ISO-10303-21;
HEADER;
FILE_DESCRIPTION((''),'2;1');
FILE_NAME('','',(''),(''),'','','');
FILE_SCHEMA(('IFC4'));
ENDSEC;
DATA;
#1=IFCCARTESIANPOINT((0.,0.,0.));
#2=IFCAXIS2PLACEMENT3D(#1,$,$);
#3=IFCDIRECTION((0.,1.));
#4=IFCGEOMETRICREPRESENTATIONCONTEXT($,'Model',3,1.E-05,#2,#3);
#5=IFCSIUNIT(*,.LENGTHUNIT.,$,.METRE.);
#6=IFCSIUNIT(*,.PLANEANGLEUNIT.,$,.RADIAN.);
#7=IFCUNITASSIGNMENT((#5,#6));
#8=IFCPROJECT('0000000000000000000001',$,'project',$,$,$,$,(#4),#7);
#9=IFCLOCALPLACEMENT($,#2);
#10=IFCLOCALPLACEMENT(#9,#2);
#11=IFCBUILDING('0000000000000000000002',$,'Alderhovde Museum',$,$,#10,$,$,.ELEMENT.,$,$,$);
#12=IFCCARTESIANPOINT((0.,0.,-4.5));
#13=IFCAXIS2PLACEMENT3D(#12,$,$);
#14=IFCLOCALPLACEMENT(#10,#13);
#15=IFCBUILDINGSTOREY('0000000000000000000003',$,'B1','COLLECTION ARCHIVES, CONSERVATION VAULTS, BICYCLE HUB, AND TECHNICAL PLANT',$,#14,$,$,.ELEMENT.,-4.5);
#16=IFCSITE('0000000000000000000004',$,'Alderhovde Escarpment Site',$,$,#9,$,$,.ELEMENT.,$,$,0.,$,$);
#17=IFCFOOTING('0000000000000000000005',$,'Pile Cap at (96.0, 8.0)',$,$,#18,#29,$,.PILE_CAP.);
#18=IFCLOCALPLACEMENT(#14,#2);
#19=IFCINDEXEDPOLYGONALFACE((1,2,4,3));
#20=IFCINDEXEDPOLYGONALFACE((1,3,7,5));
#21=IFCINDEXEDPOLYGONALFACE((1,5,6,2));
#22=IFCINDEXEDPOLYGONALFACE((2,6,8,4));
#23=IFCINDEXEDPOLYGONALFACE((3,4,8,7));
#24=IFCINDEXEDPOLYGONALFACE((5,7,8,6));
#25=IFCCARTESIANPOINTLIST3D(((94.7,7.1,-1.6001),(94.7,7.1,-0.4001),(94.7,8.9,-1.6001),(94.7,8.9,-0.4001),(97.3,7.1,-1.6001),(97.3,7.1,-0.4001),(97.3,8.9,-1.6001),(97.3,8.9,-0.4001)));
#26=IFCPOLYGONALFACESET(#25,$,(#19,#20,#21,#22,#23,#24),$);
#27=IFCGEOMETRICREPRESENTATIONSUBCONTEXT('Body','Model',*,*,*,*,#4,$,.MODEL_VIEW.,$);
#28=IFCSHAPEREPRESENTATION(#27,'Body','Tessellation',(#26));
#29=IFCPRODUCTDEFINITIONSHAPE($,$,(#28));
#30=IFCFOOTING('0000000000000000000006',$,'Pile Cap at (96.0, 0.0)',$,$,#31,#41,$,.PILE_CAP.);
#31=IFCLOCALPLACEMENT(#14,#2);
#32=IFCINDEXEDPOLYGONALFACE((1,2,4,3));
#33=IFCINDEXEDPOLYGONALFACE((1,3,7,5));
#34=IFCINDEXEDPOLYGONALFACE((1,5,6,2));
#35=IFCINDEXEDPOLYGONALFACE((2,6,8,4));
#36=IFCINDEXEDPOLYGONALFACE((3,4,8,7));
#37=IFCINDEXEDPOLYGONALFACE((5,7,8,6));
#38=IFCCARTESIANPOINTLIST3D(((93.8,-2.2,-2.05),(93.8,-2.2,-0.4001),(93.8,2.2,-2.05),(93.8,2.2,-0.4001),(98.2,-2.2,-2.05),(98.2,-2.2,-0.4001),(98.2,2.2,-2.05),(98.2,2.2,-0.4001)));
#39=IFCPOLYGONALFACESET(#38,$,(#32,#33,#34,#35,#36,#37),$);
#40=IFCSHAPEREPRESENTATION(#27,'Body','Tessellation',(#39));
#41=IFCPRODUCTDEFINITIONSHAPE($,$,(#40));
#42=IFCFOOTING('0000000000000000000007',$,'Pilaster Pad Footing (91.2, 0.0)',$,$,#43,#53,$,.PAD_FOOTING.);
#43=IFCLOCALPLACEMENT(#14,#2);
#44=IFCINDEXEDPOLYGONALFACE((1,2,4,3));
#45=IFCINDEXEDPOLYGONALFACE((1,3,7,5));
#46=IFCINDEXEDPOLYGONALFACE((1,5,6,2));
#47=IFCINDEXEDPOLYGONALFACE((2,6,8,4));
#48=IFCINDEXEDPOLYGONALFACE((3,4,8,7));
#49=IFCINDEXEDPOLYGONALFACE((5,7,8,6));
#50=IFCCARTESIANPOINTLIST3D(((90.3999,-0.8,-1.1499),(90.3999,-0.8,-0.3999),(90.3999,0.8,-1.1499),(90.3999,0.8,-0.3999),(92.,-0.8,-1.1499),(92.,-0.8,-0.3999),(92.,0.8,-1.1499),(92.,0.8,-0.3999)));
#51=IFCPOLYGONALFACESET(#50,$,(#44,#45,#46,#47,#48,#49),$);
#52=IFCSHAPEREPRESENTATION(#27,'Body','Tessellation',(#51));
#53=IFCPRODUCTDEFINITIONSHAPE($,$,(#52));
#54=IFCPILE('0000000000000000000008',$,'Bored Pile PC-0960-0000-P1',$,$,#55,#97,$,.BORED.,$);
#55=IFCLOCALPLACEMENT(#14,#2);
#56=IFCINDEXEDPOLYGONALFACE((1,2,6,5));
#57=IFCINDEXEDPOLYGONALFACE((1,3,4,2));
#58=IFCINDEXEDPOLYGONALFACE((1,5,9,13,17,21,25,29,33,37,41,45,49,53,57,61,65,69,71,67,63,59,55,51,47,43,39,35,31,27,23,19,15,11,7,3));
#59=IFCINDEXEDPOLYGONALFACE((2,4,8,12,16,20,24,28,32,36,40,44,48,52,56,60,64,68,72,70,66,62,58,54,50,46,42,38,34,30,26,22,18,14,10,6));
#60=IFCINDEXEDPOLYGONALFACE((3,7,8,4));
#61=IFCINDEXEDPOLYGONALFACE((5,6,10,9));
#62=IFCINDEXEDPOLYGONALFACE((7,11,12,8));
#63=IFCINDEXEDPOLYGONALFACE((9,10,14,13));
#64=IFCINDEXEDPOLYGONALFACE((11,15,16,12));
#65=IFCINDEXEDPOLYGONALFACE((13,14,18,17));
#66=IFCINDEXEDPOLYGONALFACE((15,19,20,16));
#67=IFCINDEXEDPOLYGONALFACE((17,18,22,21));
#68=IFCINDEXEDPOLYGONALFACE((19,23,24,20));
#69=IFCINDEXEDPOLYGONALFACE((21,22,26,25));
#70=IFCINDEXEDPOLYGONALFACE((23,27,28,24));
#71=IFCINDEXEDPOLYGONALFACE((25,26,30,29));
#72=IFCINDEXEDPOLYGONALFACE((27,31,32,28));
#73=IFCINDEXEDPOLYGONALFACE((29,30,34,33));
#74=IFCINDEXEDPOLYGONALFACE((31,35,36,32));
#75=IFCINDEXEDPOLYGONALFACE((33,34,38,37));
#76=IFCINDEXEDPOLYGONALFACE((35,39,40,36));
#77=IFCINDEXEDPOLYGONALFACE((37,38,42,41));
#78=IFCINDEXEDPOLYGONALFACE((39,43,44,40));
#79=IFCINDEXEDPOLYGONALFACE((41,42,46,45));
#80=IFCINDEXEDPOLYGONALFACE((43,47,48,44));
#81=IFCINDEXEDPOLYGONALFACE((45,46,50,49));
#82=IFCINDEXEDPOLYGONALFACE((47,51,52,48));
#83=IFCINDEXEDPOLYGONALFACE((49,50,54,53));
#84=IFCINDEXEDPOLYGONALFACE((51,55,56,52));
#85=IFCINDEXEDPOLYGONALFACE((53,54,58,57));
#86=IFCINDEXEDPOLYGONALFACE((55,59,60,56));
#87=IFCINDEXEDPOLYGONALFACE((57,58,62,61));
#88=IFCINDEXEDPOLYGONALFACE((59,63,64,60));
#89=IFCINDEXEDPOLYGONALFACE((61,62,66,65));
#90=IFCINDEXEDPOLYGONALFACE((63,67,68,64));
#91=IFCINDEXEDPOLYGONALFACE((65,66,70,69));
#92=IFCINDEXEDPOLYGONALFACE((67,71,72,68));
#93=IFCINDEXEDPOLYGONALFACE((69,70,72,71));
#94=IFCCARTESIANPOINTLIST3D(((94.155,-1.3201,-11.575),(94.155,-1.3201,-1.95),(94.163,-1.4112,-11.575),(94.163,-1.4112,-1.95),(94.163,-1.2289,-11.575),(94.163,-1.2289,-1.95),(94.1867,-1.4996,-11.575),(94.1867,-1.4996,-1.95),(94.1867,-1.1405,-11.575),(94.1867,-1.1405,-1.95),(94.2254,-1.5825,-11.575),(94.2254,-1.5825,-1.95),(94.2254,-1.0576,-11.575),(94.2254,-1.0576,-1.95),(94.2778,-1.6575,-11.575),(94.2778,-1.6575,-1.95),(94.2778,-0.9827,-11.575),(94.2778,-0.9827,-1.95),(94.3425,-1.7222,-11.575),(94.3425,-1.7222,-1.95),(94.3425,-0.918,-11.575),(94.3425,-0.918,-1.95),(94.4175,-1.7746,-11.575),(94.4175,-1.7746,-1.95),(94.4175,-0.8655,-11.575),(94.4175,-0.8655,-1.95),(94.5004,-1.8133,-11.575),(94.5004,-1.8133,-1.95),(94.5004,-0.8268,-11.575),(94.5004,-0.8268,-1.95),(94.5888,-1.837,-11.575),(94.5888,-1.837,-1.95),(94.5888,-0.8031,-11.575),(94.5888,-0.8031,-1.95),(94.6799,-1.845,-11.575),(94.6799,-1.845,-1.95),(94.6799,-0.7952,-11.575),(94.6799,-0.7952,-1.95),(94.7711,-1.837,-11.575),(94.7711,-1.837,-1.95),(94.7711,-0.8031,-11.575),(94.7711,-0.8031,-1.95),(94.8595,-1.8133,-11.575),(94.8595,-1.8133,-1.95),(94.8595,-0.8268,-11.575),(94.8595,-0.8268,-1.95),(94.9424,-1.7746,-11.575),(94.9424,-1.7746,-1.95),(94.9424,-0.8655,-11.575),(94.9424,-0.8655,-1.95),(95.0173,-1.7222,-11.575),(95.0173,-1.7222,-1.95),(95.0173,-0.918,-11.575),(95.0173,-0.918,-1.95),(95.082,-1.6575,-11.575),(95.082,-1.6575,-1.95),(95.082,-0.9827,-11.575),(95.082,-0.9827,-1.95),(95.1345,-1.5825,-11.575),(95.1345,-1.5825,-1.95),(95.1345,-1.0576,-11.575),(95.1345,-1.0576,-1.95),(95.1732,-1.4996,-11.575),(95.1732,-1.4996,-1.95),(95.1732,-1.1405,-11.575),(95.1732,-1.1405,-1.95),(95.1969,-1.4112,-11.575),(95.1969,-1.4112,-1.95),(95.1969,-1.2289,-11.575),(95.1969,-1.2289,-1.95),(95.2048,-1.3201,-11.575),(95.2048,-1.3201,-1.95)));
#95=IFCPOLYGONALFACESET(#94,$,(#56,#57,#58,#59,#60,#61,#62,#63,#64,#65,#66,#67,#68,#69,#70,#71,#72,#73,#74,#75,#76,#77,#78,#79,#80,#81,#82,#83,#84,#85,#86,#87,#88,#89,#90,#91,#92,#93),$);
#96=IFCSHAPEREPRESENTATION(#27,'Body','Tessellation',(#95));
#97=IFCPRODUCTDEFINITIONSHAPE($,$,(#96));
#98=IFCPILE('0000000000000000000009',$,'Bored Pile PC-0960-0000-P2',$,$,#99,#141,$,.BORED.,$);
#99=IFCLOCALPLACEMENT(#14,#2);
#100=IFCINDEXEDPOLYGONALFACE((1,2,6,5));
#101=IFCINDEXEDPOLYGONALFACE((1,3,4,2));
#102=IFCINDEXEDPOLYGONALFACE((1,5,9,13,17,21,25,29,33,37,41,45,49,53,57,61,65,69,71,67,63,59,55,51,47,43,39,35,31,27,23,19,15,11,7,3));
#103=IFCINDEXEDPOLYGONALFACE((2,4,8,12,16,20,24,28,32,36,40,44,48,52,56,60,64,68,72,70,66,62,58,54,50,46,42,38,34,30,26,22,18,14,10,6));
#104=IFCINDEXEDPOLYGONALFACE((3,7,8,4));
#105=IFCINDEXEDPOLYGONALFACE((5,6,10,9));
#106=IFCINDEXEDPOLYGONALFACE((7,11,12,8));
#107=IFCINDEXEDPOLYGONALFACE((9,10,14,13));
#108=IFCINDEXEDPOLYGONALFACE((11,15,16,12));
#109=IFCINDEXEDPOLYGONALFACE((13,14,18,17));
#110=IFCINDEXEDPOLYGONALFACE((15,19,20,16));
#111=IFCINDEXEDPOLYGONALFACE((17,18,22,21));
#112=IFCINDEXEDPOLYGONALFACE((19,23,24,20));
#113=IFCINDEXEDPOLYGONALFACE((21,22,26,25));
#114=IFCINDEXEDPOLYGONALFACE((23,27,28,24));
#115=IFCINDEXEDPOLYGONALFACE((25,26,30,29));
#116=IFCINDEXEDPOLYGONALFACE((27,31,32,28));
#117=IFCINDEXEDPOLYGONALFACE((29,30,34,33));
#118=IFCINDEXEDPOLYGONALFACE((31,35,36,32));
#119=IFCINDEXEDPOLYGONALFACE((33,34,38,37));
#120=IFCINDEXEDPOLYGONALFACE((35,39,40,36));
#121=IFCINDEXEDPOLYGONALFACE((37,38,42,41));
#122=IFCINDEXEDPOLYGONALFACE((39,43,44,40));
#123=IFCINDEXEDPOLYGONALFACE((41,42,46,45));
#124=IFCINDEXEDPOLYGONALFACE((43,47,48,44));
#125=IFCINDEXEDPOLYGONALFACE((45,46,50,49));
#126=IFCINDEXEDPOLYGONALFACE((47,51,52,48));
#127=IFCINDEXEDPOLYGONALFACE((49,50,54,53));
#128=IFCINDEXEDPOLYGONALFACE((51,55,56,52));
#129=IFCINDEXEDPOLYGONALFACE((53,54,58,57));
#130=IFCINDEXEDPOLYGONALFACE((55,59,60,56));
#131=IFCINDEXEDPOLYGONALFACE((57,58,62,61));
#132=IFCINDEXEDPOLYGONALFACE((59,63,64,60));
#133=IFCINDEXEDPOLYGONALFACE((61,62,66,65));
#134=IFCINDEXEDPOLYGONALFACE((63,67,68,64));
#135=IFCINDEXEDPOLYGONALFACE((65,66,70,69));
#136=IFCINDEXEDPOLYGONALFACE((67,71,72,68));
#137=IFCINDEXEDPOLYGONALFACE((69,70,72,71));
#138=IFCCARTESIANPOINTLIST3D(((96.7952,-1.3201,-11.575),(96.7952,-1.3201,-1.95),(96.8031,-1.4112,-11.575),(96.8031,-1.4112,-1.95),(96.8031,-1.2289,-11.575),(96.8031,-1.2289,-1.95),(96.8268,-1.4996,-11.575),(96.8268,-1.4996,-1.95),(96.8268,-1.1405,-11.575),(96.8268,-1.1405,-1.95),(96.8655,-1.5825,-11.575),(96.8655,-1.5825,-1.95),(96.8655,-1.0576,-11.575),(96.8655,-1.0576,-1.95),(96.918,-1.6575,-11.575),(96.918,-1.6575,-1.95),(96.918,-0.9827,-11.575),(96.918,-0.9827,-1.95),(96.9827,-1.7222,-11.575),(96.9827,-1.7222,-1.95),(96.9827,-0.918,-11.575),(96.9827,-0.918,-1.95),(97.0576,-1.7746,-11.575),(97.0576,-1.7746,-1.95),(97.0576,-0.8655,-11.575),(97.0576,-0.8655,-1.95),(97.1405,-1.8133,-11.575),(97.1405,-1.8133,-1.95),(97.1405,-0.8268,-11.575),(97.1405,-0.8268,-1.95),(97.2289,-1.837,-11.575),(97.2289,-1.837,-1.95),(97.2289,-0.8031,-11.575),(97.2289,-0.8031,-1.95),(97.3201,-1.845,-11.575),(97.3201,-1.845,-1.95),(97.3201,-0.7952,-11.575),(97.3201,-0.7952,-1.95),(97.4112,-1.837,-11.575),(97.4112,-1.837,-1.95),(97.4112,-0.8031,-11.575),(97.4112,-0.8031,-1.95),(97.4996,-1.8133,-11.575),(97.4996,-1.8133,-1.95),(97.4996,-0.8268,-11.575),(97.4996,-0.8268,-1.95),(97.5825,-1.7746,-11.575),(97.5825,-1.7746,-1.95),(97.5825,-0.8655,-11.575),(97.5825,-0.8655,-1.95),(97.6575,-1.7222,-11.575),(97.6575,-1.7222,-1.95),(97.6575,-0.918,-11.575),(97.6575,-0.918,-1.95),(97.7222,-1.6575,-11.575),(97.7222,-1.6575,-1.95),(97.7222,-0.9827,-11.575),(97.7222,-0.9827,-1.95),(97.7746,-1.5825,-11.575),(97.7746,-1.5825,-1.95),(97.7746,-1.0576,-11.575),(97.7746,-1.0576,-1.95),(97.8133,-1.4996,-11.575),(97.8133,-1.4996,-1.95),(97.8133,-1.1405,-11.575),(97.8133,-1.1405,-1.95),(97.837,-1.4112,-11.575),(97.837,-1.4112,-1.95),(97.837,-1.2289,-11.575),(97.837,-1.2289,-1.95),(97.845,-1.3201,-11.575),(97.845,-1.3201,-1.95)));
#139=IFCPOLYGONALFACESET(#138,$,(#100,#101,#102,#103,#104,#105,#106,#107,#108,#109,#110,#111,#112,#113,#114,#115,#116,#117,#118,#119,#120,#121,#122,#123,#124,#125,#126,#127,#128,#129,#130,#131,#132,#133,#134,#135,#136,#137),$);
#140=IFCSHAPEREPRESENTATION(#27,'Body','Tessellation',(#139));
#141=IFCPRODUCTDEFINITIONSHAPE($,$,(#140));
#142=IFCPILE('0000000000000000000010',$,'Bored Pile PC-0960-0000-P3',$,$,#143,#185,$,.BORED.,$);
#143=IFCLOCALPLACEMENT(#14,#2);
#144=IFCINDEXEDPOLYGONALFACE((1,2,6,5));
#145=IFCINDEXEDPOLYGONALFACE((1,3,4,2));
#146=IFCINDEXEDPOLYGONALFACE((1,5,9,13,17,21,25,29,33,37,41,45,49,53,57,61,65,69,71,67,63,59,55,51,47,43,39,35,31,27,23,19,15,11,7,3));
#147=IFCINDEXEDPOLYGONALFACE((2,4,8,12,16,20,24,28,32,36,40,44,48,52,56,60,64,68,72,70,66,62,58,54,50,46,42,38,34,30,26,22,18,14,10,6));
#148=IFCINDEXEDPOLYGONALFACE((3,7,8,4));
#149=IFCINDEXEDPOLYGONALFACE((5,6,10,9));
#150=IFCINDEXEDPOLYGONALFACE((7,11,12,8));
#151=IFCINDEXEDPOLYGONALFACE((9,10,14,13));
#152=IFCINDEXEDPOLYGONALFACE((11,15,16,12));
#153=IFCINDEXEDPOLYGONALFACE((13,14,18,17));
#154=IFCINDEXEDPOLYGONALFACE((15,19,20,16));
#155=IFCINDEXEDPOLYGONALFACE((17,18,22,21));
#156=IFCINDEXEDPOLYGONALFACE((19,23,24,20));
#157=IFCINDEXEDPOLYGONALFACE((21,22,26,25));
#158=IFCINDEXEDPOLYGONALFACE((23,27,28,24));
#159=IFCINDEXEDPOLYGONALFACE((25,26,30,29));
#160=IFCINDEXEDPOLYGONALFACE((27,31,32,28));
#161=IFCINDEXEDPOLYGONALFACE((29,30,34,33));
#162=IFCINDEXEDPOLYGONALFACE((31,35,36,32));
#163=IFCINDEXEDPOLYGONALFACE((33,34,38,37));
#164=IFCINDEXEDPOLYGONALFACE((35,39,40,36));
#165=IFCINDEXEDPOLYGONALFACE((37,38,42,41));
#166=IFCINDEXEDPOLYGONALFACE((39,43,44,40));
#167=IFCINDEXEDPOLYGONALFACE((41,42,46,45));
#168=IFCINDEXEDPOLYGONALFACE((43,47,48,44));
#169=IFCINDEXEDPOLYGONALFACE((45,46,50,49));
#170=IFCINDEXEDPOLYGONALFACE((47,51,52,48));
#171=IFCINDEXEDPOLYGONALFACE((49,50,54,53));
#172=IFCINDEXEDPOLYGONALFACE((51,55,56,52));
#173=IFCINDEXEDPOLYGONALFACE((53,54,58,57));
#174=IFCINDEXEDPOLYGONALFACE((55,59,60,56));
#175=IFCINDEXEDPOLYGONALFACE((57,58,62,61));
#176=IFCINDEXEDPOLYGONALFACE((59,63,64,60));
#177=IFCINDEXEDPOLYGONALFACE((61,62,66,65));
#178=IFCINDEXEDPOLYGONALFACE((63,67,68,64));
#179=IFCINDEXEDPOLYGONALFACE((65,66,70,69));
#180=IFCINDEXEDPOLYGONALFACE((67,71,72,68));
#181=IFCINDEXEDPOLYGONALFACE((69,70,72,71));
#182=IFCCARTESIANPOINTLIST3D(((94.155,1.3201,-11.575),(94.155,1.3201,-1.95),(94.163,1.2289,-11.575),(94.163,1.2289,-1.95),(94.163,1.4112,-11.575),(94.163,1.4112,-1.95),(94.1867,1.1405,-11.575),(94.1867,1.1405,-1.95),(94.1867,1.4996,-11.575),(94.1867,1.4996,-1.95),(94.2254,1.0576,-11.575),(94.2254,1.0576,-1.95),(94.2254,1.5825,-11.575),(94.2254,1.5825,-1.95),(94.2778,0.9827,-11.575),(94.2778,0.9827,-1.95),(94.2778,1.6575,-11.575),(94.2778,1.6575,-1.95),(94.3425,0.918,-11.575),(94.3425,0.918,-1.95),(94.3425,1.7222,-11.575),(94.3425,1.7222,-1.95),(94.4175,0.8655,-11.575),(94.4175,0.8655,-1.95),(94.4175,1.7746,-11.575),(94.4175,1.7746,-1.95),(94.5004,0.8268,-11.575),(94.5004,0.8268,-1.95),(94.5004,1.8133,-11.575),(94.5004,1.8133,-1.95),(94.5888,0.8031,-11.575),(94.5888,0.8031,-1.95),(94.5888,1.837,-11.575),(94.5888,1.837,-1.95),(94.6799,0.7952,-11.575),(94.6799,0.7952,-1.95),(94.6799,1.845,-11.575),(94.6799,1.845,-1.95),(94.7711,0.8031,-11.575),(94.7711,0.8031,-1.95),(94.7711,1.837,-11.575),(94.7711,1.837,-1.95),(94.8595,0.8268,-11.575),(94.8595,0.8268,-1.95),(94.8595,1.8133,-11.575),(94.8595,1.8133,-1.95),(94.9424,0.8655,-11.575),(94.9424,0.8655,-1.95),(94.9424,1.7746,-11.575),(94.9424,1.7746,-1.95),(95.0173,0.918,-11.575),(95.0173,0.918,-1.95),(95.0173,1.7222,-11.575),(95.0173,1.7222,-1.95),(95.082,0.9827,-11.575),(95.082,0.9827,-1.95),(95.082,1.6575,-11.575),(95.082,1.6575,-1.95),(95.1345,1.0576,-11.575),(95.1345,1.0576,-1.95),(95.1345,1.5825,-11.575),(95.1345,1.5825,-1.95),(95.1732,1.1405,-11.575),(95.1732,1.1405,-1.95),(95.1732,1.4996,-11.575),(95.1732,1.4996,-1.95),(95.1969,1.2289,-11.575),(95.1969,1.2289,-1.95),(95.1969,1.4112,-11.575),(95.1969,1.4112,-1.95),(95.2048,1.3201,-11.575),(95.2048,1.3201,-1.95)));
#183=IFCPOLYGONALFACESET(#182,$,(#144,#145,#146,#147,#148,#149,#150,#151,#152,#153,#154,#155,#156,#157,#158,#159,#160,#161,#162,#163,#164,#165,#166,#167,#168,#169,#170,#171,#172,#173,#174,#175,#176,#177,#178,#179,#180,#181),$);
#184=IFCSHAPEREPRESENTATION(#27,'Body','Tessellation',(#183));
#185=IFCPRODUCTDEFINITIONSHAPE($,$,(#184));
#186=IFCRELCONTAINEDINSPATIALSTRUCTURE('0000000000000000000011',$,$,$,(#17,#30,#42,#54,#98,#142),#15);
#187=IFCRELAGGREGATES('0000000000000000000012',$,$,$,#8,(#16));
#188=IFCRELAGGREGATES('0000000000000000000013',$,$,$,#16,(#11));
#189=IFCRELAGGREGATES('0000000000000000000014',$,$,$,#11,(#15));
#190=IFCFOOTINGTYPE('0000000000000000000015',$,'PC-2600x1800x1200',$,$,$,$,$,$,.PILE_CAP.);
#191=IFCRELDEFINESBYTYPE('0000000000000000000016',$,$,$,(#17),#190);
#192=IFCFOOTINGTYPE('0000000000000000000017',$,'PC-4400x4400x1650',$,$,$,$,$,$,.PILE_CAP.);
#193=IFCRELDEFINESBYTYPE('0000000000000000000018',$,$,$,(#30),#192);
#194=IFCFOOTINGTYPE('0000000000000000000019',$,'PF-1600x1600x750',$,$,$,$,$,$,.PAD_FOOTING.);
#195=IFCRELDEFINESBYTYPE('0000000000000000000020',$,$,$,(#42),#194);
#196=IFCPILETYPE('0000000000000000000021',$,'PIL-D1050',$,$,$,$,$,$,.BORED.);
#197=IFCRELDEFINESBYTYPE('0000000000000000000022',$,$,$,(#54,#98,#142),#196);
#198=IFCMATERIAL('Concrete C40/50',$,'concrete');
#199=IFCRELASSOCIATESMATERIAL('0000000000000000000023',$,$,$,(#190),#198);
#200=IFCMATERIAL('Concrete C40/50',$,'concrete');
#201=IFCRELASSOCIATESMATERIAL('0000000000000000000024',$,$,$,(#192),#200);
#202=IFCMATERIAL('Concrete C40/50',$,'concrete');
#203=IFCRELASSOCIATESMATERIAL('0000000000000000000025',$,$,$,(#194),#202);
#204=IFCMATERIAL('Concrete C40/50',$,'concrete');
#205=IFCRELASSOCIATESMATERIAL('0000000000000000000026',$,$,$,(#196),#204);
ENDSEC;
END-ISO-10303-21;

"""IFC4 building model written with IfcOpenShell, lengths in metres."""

from ifc_helpers import new_model, si_unit, direction, frame, origin, origin_2d, place, context, subcontext, project, spatial, rectangle, circle, extrude, material, material_profile, profile_set, type_object, element, save


model = new_model("IFC4")

# Units and contexts
model_context = context("Model", 3, precision=1e-05, world=origin(), true_north=direction((0.0, 1.0)))
body_context = subcontext(model_context, "Body", "Model", "MODEL_VIEW")
ifc_project = project(units=[si_unit("LENGTHUNIT", "METRE"), si_unit("PLANEANGLEUNIT", "RADIAN")], contexts=[model_context])

# Site, building, storey
site_placement = place(None, origin())
site = spatial("IfcSite", under=ifc_project, at=site_placement, Name="Alderhovde Escarpment Site", CompositionType="ELEMENT", RefElevation=0.0)
building_placement = place(site_placement, origin())
building = spatial("IfcBuilding", under=site, at=building_placement, Name="Alderhovde Museum", CompositionType="ELEMENT")
storey_placement = place(building_placement, frame((0.0, 0.0, -4.5)))
storey = spatial("IfcBuildingStorey", under=building, at=storey_placement, Name="B1", Description="COLLECTION ARCHIVES, CONSERVATION VAULTS, BICYCLE HUB, AND TECHNICAL PLANT", CompositionType="ELEMENT", Elevation=-4.5)

# Footings
ifc_material_1 = material(Name="Concrete C40/50", Category="concrete")
footing_type_1 = type_object("IfcFootingType", Name="PC-2600x1800x1200", PredefinedType="PILE_CAP", material=ifc_material_1)
footing_1_placement = place(storey_placement, frame((96.0, 8.0, -1.6001), z_axis=(0.0, 0.0, 1.0), x_axis=(1.0, 0.0, 0.0)))
element("IfcFooting", 1, at=footing_1_placement, inside=storey, type_object=footing_type_1, Name="Pile Cap at (96.0, 8.0)", PredefinedType="PILE_CAP", context=body_context, shape_type="SweptSolid", body=[
    extrude(rectangle(XDim=2.6001, YDim=1.8, at=origin_2d()), origin(), (0.0, 0.0, 1.0), 1.2),
])
ifc_material_2 = material(Name="Concrete C40/50", Category="concrete")
footing_type_2 = type_object("IfcFootingType", Name="PC-4400x4400x1650", PredefinedType="PILE_CAP", material=ifc_material_2)
footing_2_placement = place(storey_placement, frame((96.0, 0.0, -2.05), z_axis=(0.0, 0.0, 1.0), x_axis=(1.0, 0.0, 0.0)))
element("IfcFooting", 2, at=footing_2_placement, inside=storey, type_object=footing_type_2, Name="Pile Cap at (96.0, 0.0)", PredefinedType="PILE_CAP", context=body_context, shape_type="SweptSolid", body=[
    extrude(rectangle(XDim=4.3999, YDim=4.3999, at=origin_2d()), origin(), (0.0, 0.0, 1.0), 1.6499),
])
ifc_material_3 = material(Name="Concrete C40/50", Category="concrete")
footing_type_3 = type_object("IfcFootingType", Name="PF-1600x1600x750", PredefinedType="PAD_FOOTING", material=ifc_material_3)
footing_3_placement = place(storey_placement, frame((91.2, 0.0, -1.1499), z_axis=(0.0, 0.0, 1.0), x_axis=(1.0, 0.0, 0.0)))
element("IfcFooting", 3, at=footing_3_placement, inside=storey, type_object=footing_type_3, Name="Pilaster Pad Footing (91.2, 0.0)", PredefinedType="PAD_FOOTING", context=body_context, shape_type="SweptSolid", body=[
    extrude(rectangle(XDim=1.6001, YDim=1.6001, at=origin_2d()), origin(), (0.0, 0.0, 1.0), 0.75),
])

# Piles
ifc_material_4 = material(Name="Concrete C40/50", Category="concrete")
ifc_material_profile_1 = material_profile(ifc_material_4, circle(Radius=0.5249, at=origin_2d()), Name="PILE-D1050")
ifc_profile_set_1 = profile_set([ifc_material_profile_1], Name="Concrete C40/50")
pile_type_1 = type_object("IfcPileType", Name="PIL-D1050", PredefinedType="BORED", material=ifc_profile_set_1)
for number, where, z_axis, x_axis, name in (
    (4, (94.6799, -1.3201, -1.95), (0.0, 0.0, -1.0), (1.0, 0.0, 0.0), "Bored Pile PC-0960-0000-P1"),
    (5, (97.3201, -1.3201, -1.95), (0.0, 0.0, -1.0), (1.0, 0.0, 0.0), "Bored Pile PC-0960-0000-P2"),
    (6, (94.6799, 1.3201, -1.95), (0.0, 0.0, -1.0), (1.0, 0.0, 0.0), "Bored Pile PC-0960-0000-P3"),
):
    element("IfcPile", number, at=place(storey_placement, frame(where, z_axis=z_axis, x_axis=x_axis)), inside=storey, type_object=pile_type_1, Name=name, PredefinedType="BORED", context=body_context, shape_type="SweptSolid", body=[
        extrude(circle(Radius=0.5249, at=origin_2d()), origin(), (0.0, 0.0, 1.0), 9.625),
    ])

save(model, "model.ifc")
